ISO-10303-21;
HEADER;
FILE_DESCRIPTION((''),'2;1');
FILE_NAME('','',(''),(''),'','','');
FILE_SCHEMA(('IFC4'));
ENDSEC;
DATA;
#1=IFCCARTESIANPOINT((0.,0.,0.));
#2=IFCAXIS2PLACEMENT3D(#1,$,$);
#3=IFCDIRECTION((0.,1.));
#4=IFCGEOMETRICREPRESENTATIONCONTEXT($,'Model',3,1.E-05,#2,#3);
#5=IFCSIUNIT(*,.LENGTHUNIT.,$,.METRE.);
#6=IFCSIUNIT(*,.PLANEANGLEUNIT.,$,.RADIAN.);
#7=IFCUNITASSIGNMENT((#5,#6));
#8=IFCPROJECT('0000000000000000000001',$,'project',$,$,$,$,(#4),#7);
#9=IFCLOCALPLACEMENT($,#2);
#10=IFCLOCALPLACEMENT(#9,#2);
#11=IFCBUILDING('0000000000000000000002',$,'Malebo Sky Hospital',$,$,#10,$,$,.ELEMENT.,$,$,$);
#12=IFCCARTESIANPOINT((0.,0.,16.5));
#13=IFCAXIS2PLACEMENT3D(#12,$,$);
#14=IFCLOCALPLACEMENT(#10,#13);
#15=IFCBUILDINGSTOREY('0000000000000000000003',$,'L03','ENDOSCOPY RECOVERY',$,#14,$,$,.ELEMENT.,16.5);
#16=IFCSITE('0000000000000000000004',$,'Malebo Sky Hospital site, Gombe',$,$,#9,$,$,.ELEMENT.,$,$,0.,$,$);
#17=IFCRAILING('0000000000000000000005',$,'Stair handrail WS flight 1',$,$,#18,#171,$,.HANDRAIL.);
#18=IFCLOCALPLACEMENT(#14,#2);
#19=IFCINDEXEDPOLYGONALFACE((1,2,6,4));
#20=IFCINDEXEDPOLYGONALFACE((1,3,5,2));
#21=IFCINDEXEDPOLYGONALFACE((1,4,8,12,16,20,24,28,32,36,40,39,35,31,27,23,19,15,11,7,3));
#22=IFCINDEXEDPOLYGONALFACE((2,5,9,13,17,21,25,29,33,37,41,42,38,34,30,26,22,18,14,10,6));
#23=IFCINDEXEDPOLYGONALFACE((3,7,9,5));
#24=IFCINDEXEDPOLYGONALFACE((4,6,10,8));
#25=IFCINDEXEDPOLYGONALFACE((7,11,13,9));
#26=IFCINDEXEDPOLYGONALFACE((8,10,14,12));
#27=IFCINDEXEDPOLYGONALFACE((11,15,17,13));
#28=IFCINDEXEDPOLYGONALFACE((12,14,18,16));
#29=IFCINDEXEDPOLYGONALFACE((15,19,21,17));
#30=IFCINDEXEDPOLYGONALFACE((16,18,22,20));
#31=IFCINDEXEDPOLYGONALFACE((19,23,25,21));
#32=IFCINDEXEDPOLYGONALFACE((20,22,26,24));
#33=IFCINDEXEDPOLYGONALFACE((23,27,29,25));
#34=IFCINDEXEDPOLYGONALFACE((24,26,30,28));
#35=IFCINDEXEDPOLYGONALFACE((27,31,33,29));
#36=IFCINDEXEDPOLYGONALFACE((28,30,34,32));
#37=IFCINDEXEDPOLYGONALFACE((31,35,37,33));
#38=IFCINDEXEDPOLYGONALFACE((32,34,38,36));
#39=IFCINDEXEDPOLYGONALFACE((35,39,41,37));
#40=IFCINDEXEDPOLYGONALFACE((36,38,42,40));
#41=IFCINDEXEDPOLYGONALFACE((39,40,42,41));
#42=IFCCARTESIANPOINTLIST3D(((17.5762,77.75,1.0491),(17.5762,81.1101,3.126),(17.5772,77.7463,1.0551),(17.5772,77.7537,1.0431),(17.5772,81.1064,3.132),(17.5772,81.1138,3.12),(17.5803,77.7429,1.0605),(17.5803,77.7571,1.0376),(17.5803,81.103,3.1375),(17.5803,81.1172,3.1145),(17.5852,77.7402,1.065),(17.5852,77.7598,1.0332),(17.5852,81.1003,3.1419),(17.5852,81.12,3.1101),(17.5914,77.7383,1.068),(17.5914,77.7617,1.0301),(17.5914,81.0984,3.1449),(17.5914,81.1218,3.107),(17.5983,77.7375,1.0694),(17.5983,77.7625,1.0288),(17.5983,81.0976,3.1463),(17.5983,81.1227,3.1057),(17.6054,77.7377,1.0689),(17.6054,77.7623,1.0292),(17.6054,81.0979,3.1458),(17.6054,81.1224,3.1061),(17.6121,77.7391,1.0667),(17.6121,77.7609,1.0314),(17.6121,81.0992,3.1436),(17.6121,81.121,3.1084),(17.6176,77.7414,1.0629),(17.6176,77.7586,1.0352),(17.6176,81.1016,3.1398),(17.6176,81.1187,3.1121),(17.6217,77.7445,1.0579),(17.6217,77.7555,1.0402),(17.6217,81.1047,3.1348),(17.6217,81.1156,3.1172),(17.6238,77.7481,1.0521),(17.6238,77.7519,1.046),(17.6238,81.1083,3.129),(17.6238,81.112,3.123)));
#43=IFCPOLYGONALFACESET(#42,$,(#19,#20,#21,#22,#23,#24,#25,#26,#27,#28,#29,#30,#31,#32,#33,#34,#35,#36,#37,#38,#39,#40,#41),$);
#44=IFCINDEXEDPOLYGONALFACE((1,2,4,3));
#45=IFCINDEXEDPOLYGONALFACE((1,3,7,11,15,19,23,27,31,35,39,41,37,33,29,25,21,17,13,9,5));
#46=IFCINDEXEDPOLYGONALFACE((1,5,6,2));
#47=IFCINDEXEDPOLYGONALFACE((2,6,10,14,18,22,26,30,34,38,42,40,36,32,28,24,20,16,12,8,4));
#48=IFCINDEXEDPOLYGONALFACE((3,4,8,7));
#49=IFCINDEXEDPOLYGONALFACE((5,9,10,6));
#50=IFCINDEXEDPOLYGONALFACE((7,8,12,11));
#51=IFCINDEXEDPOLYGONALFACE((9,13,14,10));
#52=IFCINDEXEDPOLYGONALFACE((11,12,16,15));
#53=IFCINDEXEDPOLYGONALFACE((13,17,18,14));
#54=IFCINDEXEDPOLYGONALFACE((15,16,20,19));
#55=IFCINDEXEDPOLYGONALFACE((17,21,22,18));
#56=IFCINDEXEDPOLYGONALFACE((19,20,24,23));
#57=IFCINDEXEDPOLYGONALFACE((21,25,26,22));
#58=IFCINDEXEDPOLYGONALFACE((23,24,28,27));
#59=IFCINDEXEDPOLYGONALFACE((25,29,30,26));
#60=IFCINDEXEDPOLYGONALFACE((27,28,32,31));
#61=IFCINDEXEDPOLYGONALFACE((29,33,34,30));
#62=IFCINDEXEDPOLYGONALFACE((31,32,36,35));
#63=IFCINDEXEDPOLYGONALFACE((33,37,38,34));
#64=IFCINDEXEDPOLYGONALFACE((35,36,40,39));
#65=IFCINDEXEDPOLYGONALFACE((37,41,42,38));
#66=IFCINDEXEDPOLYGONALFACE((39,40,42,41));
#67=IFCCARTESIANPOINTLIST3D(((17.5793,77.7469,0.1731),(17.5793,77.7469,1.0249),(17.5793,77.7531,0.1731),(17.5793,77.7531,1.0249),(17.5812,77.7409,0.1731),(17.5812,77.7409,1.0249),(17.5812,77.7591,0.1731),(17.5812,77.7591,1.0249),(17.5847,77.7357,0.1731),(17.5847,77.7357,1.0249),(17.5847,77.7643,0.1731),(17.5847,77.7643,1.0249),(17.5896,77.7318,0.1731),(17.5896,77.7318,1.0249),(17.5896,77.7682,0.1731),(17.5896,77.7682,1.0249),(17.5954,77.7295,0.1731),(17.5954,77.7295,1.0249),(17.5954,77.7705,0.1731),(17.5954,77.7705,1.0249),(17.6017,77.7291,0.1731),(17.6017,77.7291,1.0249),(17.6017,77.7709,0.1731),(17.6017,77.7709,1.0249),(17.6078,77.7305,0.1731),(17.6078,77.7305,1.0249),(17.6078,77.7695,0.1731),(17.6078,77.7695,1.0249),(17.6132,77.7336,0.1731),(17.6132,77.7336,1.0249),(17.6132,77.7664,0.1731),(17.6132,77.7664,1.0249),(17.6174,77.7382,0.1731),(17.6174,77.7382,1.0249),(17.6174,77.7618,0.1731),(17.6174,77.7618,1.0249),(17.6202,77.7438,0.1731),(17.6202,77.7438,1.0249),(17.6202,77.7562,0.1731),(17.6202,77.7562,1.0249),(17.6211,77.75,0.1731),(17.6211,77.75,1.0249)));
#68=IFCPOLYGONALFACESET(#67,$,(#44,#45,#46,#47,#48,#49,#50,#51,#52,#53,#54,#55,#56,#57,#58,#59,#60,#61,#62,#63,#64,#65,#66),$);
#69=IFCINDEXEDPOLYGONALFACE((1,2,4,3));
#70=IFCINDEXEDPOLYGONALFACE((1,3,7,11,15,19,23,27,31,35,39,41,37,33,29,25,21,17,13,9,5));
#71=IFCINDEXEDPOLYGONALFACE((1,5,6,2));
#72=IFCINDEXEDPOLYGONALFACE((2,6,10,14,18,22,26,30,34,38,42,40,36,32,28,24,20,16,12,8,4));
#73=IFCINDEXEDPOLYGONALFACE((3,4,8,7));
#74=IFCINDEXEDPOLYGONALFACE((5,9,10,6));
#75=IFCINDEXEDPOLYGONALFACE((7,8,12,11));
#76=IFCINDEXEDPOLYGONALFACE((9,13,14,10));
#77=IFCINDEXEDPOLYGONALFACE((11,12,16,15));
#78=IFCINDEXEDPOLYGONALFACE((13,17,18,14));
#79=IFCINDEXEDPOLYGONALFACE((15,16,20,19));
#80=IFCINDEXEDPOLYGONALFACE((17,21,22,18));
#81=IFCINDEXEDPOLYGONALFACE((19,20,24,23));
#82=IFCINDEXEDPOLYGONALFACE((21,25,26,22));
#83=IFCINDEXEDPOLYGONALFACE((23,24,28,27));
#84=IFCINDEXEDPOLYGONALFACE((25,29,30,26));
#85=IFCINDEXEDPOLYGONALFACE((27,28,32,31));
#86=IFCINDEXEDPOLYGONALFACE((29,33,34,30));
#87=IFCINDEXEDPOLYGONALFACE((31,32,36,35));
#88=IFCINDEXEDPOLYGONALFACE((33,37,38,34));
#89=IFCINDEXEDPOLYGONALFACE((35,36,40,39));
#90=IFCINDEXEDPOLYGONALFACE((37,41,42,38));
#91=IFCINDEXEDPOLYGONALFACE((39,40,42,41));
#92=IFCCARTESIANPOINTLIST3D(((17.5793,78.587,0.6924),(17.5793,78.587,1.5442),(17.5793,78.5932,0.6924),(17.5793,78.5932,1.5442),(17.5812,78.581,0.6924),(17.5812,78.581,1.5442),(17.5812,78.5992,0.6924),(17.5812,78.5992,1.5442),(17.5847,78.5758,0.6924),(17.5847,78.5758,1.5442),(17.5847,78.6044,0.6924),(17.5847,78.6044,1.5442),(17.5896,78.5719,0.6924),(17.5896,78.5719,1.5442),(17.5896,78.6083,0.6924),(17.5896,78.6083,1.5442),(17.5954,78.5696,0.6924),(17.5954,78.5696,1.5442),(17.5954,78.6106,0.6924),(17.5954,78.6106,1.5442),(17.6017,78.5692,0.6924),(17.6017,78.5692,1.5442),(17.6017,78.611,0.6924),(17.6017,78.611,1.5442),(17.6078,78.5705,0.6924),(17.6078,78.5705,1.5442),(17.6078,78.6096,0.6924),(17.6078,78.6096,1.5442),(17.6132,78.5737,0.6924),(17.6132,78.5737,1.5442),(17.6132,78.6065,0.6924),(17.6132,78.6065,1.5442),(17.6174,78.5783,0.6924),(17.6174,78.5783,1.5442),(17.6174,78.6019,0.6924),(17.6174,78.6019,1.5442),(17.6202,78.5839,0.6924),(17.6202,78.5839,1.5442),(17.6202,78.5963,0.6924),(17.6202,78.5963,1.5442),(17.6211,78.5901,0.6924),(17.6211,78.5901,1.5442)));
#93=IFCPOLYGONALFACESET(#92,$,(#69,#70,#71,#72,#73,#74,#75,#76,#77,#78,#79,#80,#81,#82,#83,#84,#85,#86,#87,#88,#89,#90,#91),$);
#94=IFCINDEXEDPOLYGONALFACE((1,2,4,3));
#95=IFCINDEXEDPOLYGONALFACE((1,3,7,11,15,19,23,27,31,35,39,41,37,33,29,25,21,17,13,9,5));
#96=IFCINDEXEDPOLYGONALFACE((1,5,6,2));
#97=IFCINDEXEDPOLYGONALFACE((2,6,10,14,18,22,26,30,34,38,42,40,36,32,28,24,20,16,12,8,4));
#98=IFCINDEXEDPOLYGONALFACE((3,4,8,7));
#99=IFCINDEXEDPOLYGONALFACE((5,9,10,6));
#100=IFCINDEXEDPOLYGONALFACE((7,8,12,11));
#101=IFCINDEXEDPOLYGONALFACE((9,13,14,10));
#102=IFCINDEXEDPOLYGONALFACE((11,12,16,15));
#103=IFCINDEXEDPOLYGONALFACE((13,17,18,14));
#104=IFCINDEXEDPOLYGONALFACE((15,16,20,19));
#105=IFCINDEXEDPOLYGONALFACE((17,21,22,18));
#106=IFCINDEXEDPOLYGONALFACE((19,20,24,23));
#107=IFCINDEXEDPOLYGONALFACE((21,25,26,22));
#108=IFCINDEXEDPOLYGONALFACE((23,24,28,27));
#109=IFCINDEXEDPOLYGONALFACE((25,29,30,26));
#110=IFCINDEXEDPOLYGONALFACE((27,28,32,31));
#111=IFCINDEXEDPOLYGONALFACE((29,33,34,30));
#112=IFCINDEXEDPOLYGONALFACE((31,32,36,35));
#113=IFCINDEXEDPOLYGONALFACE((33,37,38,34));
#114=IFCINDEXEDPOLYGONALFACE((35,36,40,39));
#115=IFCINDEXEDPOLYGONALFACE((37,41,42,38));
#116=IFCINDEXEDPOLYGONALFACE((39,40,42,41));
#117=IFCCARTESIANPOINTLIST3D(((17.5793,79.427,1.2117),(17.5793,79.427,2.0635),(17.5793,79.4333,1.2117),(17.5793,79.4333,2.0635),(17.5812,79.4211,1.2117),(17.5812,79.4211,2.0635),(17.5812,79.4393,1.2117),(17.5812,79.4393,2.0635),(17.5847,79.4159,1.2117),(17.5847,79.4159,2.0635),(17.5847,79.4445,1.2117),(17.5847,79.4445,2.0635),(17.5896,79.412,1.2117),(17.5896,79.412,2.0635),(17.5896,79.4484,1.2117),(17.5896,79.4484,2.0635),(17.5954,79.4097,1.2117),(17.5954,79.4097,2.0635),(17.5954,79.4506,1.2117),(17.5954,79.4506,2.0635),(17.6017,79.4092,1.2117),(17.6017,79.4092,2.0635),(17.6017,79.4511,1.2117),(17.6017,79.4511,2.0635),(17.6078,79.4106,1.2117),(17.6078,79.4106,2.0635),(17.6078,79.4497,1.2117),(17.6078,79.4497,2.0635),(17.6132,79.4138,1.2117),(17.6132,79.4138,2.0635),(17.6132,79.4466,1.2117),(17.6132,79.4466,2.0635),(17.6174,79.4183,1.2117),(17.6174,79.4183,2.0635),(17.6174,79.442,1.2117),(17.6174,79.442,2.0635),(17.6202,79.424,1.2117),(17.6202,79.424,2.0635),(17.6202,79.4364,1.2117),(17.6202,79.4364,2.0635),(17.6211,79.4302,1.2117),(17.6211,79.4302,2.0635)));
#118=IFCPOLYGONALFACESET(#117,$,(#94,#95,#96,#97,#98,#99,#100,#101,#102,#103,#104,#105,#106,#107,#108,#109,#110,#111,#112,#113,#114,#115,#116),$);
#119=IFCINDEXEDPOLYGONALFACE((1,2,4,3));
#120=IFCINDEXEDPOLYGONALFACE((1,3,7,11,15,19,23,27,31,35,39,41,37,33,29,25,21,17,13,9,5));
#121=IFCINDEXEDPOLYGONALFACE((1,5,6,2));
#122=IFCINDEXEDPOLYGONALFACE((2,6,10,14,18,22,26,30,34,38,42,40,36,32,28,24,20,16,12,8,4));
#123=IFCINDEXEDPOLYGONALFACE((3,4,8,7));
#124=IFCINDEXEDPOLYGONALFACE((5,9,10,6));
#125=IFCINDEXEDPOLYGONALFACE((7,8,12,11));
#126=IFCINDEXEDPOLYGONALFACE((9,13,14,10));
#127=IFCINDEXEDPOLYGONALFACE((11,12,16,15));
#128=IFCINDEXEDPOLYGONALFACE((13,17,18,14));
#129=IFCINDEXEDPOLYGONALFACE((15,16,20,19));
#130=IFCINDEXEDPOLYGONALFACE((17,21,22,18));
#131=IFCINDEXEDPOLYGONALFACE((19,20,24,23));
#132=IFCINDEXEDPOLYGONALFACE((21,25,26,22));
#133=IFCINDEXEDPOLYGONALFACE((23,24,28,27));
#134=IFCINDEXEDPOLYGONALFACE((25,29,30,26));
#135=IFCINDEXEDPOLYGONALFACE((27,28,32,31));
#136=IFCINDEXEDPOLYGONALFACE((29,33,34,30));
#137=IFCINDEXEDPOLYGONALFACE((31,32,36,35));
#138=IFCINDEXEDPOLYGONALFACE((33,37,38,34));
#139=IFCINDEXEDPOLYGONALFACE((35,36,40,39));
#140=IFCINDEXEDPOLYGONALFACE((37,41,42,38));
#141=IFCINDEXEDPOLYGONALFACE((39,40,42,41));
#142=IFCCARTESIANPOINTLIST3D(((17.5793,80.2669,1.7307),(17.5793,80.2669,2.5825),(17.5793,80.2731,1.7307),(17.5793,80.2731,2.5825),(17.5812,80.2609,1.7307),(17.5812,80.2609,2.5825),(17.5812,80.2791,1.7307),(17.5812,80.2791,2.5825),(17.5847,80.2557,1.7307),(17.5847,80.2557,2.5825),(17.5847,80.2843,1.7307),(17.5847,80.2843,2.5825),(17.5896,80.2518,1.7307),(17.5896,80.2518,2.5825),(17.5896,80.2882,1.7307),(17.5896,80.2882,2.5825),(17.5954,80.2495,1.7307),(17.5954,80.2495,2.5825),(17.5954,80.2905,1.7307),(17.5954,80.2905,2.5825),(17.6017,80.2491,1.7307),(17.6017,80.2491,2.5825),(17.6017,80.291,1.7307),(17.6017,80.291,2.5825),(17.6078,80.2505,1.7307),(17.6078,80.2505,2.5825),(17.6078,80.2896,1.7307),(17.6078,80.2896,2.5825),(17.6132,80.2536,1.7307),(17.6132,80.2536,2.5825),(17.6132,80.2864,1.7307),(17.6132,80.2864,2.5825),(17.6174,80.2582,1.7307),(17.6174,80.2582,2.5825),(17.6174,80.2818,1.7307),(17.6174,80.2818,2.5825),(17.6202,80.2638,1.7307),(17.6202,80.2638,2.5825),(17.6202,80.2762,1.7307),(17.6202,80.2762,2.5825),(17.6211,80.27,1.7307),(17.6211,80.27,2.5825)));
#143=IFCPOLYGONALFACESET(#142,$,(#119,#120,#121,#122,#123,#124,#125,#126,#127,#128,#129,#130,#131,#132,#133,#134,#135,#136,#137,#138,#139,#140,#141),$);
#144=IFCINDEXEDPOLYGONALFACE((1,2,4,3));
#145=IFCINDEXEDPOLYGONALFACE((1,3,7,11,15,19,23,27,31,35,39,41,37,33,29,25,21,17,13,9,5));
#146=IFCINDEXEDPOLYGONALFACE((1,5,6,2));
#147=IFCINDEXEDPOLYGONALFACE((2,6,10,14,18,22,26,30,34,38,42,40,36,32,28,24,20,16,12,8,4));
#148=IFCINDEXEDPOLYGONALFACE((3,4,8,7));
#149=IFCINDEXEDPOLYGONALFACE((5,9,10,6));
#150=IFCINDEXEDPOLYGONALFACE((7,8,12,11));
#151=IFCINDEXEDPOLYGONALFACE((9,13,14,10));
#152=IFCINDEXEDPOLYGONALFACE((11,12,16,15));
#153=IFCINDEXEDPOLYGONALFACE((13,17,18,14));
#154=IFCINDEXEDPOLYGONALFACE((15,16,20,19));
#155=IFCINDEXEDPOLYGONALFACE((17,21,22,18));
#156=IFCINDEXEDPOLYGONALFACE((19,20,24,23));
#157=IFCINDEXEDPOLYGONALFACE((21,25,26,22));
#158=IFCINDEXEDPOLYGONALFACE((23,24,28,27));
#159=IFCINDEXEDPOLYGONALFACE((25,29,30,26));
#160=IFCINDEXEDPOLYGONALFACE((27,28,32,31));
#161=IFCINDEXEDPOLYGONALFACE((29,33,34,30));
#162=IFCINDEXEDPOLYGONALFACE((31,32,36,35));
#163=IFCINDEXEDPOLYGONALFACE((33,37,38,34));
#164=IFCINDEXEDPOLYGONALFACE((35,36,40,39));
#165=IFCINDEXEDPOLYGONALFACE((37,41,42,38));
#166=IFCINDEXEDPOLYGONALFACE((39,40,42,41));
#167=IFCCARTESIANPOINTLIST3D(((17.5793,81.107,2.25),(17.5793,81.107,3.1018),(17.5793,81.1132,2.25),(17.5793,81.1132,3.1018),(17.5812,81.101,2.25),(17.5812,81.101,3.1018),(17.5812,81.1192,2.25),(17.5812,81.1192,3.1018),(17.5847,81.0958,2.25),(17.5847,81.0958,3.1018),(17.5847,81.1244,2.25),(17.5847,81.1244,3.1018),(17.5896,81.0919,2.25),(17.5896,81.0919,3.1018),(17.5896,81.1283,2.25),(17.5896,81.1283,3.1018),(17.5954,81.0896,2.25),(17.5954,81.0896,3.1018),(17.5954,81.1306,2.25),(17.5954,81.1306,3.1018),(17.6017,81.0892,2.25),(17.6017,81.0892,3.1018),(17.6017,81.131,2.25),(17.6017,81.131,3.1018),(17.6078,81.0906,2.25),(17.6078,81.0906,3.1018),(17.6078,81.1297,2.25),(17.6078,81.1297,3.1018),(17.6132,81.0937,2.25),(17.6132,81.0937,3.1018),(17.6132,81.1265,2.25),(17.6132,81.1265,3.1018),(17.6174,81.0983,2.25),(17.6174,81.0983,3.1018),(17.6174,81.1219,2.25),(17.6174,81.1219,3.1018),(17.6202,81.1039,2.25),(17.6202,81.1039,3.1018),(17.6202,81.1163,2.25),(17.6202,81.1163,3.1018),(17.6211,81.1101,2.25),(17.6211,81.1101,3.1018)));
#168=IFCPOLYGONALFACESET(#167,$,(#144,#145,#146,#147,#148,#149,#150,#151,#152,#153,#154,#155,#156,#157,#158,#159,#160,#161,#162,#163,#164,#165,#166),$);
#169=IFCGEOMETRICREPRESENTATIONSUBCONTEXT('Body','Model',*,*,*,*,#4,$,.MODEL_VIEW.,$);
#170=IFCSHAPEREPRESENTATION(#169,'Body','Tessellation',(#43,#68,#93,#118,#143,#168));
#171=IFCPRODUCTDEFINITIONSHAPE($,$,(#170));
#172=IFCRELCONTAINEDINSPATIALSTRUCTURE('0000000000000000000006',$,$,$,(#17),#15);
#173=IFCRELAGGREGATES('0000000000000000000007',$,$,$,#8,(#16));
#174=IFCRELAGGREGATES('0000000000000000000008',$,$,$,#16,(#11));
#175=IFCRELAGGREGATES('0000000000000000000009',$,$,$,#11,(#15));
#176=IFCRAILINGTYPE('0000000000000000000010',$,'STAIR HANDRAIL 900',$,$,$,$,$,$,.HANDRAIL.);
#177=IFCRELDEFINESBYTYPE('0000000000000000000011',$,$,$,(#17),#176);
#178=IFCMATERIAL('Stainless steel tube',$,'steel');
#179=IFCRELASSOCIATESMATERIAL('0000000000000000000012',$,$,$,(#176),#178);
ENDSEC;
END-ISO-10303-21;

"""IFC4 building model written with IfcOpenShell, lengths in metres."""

from ifc_helpers import new_model, si_unit, direction, frame, origin, origin_2d, place, context, subcontext, project, spatial, circle, extrude, material, type_object, element, save


model = new_model("IFC4")

# Units and contexts
model_context = context("Model", 3, precision=1e-05, world=origin(), true_north=direction((0.0, 1.0)))
body_context = subcontext(model_context, "Body", "Model", "MODEL_VIEW")
ifc_project = project(units=[si_unit("LENGTHUNIT", "METRE"), si_unit("PLANEANGLEUNIT", "RADIAN")], contexts=[model_context])

# Site, building, storey
site_placement = place(None, origin())
site = spatial("IfcSite", under=ifc_project, at=site_placement, Name="Malebo Sky Hospital site, Gombe", CompositionType="ELEMENT", RefElevation=0.0)
building_placement = place(site_placement, origin())
building = spatial("IfcBuilding", under=site, at=building_placement, Name="Malebo Sky Hospital", CompositionType="ELEMENT")
storey_placement = place(building_placement, frame((0.0, 0.0, 16.5)))
storey = spatial("IfcBuildingStorey", under=building, at=storey_placement, Name="L03", Description="ENDOSCOPY RECOVERY", CompositionType="ELEMENT", Elevation=16.5)

# Railing
ifc_material_1 = material(Name="Stainless steel tube", Category="steel")
railing_type_1 = type_object("IfcRailingType", Name="STAIR HANDRAIL 900", PredefinedType="HANDRAIL", material=ifc_material_1)
railing_1_placement = place(storey_placement, frame((17.6001, 77.75, 0.1731)))
element("IfcRailing", 1, at=railing_1_placement, inside=storey, type_object=railing_type_1, Name="Stair handrail WS flight 1", PredefinedType="HANDRAIL", context=body_context, shape_type="SweptSolid", body=[
    extrude(circle(Radius=0.0239, at=origin_2d()), frame((0.0, 0.0, 0.876), z_axis=(0.0, 0.850623, 0.525776), x_axis=(-1.0, 0.0, 0.0)), (0.0, 0.0, 1.0), 3.9502),
    extrude(circle(Radius=0.021, at=origin_2d()), origin(), (0.0, 0.0, 1.0), 0.8518),
    extrude(circle(Radius=0.021, at=origin_2d()), frame((0.0, 0.8401, 0.5193)), (0.0, 0.0, 1.0), 0.8518),
    extrude(circle(Radius=0.021, at=origin_2d()), frame((0.0, 1.6802, 1.0386)), (0.0, 0.0, 1.0), 0.8518),
    extrude(circle(Radius=0.021, at=origin_2d()), frame((0.0, 2.52, 1.5576)), (0.0, 0.0, 1.0), 0.8518),
    extrude(circle(Radius=0.021, at=origin_2d()), frame((0.0, 3.3601, 2.0769)), (0.0, 0.0, 1.0), 0.8518),
])

save(model, "model.ifc")
